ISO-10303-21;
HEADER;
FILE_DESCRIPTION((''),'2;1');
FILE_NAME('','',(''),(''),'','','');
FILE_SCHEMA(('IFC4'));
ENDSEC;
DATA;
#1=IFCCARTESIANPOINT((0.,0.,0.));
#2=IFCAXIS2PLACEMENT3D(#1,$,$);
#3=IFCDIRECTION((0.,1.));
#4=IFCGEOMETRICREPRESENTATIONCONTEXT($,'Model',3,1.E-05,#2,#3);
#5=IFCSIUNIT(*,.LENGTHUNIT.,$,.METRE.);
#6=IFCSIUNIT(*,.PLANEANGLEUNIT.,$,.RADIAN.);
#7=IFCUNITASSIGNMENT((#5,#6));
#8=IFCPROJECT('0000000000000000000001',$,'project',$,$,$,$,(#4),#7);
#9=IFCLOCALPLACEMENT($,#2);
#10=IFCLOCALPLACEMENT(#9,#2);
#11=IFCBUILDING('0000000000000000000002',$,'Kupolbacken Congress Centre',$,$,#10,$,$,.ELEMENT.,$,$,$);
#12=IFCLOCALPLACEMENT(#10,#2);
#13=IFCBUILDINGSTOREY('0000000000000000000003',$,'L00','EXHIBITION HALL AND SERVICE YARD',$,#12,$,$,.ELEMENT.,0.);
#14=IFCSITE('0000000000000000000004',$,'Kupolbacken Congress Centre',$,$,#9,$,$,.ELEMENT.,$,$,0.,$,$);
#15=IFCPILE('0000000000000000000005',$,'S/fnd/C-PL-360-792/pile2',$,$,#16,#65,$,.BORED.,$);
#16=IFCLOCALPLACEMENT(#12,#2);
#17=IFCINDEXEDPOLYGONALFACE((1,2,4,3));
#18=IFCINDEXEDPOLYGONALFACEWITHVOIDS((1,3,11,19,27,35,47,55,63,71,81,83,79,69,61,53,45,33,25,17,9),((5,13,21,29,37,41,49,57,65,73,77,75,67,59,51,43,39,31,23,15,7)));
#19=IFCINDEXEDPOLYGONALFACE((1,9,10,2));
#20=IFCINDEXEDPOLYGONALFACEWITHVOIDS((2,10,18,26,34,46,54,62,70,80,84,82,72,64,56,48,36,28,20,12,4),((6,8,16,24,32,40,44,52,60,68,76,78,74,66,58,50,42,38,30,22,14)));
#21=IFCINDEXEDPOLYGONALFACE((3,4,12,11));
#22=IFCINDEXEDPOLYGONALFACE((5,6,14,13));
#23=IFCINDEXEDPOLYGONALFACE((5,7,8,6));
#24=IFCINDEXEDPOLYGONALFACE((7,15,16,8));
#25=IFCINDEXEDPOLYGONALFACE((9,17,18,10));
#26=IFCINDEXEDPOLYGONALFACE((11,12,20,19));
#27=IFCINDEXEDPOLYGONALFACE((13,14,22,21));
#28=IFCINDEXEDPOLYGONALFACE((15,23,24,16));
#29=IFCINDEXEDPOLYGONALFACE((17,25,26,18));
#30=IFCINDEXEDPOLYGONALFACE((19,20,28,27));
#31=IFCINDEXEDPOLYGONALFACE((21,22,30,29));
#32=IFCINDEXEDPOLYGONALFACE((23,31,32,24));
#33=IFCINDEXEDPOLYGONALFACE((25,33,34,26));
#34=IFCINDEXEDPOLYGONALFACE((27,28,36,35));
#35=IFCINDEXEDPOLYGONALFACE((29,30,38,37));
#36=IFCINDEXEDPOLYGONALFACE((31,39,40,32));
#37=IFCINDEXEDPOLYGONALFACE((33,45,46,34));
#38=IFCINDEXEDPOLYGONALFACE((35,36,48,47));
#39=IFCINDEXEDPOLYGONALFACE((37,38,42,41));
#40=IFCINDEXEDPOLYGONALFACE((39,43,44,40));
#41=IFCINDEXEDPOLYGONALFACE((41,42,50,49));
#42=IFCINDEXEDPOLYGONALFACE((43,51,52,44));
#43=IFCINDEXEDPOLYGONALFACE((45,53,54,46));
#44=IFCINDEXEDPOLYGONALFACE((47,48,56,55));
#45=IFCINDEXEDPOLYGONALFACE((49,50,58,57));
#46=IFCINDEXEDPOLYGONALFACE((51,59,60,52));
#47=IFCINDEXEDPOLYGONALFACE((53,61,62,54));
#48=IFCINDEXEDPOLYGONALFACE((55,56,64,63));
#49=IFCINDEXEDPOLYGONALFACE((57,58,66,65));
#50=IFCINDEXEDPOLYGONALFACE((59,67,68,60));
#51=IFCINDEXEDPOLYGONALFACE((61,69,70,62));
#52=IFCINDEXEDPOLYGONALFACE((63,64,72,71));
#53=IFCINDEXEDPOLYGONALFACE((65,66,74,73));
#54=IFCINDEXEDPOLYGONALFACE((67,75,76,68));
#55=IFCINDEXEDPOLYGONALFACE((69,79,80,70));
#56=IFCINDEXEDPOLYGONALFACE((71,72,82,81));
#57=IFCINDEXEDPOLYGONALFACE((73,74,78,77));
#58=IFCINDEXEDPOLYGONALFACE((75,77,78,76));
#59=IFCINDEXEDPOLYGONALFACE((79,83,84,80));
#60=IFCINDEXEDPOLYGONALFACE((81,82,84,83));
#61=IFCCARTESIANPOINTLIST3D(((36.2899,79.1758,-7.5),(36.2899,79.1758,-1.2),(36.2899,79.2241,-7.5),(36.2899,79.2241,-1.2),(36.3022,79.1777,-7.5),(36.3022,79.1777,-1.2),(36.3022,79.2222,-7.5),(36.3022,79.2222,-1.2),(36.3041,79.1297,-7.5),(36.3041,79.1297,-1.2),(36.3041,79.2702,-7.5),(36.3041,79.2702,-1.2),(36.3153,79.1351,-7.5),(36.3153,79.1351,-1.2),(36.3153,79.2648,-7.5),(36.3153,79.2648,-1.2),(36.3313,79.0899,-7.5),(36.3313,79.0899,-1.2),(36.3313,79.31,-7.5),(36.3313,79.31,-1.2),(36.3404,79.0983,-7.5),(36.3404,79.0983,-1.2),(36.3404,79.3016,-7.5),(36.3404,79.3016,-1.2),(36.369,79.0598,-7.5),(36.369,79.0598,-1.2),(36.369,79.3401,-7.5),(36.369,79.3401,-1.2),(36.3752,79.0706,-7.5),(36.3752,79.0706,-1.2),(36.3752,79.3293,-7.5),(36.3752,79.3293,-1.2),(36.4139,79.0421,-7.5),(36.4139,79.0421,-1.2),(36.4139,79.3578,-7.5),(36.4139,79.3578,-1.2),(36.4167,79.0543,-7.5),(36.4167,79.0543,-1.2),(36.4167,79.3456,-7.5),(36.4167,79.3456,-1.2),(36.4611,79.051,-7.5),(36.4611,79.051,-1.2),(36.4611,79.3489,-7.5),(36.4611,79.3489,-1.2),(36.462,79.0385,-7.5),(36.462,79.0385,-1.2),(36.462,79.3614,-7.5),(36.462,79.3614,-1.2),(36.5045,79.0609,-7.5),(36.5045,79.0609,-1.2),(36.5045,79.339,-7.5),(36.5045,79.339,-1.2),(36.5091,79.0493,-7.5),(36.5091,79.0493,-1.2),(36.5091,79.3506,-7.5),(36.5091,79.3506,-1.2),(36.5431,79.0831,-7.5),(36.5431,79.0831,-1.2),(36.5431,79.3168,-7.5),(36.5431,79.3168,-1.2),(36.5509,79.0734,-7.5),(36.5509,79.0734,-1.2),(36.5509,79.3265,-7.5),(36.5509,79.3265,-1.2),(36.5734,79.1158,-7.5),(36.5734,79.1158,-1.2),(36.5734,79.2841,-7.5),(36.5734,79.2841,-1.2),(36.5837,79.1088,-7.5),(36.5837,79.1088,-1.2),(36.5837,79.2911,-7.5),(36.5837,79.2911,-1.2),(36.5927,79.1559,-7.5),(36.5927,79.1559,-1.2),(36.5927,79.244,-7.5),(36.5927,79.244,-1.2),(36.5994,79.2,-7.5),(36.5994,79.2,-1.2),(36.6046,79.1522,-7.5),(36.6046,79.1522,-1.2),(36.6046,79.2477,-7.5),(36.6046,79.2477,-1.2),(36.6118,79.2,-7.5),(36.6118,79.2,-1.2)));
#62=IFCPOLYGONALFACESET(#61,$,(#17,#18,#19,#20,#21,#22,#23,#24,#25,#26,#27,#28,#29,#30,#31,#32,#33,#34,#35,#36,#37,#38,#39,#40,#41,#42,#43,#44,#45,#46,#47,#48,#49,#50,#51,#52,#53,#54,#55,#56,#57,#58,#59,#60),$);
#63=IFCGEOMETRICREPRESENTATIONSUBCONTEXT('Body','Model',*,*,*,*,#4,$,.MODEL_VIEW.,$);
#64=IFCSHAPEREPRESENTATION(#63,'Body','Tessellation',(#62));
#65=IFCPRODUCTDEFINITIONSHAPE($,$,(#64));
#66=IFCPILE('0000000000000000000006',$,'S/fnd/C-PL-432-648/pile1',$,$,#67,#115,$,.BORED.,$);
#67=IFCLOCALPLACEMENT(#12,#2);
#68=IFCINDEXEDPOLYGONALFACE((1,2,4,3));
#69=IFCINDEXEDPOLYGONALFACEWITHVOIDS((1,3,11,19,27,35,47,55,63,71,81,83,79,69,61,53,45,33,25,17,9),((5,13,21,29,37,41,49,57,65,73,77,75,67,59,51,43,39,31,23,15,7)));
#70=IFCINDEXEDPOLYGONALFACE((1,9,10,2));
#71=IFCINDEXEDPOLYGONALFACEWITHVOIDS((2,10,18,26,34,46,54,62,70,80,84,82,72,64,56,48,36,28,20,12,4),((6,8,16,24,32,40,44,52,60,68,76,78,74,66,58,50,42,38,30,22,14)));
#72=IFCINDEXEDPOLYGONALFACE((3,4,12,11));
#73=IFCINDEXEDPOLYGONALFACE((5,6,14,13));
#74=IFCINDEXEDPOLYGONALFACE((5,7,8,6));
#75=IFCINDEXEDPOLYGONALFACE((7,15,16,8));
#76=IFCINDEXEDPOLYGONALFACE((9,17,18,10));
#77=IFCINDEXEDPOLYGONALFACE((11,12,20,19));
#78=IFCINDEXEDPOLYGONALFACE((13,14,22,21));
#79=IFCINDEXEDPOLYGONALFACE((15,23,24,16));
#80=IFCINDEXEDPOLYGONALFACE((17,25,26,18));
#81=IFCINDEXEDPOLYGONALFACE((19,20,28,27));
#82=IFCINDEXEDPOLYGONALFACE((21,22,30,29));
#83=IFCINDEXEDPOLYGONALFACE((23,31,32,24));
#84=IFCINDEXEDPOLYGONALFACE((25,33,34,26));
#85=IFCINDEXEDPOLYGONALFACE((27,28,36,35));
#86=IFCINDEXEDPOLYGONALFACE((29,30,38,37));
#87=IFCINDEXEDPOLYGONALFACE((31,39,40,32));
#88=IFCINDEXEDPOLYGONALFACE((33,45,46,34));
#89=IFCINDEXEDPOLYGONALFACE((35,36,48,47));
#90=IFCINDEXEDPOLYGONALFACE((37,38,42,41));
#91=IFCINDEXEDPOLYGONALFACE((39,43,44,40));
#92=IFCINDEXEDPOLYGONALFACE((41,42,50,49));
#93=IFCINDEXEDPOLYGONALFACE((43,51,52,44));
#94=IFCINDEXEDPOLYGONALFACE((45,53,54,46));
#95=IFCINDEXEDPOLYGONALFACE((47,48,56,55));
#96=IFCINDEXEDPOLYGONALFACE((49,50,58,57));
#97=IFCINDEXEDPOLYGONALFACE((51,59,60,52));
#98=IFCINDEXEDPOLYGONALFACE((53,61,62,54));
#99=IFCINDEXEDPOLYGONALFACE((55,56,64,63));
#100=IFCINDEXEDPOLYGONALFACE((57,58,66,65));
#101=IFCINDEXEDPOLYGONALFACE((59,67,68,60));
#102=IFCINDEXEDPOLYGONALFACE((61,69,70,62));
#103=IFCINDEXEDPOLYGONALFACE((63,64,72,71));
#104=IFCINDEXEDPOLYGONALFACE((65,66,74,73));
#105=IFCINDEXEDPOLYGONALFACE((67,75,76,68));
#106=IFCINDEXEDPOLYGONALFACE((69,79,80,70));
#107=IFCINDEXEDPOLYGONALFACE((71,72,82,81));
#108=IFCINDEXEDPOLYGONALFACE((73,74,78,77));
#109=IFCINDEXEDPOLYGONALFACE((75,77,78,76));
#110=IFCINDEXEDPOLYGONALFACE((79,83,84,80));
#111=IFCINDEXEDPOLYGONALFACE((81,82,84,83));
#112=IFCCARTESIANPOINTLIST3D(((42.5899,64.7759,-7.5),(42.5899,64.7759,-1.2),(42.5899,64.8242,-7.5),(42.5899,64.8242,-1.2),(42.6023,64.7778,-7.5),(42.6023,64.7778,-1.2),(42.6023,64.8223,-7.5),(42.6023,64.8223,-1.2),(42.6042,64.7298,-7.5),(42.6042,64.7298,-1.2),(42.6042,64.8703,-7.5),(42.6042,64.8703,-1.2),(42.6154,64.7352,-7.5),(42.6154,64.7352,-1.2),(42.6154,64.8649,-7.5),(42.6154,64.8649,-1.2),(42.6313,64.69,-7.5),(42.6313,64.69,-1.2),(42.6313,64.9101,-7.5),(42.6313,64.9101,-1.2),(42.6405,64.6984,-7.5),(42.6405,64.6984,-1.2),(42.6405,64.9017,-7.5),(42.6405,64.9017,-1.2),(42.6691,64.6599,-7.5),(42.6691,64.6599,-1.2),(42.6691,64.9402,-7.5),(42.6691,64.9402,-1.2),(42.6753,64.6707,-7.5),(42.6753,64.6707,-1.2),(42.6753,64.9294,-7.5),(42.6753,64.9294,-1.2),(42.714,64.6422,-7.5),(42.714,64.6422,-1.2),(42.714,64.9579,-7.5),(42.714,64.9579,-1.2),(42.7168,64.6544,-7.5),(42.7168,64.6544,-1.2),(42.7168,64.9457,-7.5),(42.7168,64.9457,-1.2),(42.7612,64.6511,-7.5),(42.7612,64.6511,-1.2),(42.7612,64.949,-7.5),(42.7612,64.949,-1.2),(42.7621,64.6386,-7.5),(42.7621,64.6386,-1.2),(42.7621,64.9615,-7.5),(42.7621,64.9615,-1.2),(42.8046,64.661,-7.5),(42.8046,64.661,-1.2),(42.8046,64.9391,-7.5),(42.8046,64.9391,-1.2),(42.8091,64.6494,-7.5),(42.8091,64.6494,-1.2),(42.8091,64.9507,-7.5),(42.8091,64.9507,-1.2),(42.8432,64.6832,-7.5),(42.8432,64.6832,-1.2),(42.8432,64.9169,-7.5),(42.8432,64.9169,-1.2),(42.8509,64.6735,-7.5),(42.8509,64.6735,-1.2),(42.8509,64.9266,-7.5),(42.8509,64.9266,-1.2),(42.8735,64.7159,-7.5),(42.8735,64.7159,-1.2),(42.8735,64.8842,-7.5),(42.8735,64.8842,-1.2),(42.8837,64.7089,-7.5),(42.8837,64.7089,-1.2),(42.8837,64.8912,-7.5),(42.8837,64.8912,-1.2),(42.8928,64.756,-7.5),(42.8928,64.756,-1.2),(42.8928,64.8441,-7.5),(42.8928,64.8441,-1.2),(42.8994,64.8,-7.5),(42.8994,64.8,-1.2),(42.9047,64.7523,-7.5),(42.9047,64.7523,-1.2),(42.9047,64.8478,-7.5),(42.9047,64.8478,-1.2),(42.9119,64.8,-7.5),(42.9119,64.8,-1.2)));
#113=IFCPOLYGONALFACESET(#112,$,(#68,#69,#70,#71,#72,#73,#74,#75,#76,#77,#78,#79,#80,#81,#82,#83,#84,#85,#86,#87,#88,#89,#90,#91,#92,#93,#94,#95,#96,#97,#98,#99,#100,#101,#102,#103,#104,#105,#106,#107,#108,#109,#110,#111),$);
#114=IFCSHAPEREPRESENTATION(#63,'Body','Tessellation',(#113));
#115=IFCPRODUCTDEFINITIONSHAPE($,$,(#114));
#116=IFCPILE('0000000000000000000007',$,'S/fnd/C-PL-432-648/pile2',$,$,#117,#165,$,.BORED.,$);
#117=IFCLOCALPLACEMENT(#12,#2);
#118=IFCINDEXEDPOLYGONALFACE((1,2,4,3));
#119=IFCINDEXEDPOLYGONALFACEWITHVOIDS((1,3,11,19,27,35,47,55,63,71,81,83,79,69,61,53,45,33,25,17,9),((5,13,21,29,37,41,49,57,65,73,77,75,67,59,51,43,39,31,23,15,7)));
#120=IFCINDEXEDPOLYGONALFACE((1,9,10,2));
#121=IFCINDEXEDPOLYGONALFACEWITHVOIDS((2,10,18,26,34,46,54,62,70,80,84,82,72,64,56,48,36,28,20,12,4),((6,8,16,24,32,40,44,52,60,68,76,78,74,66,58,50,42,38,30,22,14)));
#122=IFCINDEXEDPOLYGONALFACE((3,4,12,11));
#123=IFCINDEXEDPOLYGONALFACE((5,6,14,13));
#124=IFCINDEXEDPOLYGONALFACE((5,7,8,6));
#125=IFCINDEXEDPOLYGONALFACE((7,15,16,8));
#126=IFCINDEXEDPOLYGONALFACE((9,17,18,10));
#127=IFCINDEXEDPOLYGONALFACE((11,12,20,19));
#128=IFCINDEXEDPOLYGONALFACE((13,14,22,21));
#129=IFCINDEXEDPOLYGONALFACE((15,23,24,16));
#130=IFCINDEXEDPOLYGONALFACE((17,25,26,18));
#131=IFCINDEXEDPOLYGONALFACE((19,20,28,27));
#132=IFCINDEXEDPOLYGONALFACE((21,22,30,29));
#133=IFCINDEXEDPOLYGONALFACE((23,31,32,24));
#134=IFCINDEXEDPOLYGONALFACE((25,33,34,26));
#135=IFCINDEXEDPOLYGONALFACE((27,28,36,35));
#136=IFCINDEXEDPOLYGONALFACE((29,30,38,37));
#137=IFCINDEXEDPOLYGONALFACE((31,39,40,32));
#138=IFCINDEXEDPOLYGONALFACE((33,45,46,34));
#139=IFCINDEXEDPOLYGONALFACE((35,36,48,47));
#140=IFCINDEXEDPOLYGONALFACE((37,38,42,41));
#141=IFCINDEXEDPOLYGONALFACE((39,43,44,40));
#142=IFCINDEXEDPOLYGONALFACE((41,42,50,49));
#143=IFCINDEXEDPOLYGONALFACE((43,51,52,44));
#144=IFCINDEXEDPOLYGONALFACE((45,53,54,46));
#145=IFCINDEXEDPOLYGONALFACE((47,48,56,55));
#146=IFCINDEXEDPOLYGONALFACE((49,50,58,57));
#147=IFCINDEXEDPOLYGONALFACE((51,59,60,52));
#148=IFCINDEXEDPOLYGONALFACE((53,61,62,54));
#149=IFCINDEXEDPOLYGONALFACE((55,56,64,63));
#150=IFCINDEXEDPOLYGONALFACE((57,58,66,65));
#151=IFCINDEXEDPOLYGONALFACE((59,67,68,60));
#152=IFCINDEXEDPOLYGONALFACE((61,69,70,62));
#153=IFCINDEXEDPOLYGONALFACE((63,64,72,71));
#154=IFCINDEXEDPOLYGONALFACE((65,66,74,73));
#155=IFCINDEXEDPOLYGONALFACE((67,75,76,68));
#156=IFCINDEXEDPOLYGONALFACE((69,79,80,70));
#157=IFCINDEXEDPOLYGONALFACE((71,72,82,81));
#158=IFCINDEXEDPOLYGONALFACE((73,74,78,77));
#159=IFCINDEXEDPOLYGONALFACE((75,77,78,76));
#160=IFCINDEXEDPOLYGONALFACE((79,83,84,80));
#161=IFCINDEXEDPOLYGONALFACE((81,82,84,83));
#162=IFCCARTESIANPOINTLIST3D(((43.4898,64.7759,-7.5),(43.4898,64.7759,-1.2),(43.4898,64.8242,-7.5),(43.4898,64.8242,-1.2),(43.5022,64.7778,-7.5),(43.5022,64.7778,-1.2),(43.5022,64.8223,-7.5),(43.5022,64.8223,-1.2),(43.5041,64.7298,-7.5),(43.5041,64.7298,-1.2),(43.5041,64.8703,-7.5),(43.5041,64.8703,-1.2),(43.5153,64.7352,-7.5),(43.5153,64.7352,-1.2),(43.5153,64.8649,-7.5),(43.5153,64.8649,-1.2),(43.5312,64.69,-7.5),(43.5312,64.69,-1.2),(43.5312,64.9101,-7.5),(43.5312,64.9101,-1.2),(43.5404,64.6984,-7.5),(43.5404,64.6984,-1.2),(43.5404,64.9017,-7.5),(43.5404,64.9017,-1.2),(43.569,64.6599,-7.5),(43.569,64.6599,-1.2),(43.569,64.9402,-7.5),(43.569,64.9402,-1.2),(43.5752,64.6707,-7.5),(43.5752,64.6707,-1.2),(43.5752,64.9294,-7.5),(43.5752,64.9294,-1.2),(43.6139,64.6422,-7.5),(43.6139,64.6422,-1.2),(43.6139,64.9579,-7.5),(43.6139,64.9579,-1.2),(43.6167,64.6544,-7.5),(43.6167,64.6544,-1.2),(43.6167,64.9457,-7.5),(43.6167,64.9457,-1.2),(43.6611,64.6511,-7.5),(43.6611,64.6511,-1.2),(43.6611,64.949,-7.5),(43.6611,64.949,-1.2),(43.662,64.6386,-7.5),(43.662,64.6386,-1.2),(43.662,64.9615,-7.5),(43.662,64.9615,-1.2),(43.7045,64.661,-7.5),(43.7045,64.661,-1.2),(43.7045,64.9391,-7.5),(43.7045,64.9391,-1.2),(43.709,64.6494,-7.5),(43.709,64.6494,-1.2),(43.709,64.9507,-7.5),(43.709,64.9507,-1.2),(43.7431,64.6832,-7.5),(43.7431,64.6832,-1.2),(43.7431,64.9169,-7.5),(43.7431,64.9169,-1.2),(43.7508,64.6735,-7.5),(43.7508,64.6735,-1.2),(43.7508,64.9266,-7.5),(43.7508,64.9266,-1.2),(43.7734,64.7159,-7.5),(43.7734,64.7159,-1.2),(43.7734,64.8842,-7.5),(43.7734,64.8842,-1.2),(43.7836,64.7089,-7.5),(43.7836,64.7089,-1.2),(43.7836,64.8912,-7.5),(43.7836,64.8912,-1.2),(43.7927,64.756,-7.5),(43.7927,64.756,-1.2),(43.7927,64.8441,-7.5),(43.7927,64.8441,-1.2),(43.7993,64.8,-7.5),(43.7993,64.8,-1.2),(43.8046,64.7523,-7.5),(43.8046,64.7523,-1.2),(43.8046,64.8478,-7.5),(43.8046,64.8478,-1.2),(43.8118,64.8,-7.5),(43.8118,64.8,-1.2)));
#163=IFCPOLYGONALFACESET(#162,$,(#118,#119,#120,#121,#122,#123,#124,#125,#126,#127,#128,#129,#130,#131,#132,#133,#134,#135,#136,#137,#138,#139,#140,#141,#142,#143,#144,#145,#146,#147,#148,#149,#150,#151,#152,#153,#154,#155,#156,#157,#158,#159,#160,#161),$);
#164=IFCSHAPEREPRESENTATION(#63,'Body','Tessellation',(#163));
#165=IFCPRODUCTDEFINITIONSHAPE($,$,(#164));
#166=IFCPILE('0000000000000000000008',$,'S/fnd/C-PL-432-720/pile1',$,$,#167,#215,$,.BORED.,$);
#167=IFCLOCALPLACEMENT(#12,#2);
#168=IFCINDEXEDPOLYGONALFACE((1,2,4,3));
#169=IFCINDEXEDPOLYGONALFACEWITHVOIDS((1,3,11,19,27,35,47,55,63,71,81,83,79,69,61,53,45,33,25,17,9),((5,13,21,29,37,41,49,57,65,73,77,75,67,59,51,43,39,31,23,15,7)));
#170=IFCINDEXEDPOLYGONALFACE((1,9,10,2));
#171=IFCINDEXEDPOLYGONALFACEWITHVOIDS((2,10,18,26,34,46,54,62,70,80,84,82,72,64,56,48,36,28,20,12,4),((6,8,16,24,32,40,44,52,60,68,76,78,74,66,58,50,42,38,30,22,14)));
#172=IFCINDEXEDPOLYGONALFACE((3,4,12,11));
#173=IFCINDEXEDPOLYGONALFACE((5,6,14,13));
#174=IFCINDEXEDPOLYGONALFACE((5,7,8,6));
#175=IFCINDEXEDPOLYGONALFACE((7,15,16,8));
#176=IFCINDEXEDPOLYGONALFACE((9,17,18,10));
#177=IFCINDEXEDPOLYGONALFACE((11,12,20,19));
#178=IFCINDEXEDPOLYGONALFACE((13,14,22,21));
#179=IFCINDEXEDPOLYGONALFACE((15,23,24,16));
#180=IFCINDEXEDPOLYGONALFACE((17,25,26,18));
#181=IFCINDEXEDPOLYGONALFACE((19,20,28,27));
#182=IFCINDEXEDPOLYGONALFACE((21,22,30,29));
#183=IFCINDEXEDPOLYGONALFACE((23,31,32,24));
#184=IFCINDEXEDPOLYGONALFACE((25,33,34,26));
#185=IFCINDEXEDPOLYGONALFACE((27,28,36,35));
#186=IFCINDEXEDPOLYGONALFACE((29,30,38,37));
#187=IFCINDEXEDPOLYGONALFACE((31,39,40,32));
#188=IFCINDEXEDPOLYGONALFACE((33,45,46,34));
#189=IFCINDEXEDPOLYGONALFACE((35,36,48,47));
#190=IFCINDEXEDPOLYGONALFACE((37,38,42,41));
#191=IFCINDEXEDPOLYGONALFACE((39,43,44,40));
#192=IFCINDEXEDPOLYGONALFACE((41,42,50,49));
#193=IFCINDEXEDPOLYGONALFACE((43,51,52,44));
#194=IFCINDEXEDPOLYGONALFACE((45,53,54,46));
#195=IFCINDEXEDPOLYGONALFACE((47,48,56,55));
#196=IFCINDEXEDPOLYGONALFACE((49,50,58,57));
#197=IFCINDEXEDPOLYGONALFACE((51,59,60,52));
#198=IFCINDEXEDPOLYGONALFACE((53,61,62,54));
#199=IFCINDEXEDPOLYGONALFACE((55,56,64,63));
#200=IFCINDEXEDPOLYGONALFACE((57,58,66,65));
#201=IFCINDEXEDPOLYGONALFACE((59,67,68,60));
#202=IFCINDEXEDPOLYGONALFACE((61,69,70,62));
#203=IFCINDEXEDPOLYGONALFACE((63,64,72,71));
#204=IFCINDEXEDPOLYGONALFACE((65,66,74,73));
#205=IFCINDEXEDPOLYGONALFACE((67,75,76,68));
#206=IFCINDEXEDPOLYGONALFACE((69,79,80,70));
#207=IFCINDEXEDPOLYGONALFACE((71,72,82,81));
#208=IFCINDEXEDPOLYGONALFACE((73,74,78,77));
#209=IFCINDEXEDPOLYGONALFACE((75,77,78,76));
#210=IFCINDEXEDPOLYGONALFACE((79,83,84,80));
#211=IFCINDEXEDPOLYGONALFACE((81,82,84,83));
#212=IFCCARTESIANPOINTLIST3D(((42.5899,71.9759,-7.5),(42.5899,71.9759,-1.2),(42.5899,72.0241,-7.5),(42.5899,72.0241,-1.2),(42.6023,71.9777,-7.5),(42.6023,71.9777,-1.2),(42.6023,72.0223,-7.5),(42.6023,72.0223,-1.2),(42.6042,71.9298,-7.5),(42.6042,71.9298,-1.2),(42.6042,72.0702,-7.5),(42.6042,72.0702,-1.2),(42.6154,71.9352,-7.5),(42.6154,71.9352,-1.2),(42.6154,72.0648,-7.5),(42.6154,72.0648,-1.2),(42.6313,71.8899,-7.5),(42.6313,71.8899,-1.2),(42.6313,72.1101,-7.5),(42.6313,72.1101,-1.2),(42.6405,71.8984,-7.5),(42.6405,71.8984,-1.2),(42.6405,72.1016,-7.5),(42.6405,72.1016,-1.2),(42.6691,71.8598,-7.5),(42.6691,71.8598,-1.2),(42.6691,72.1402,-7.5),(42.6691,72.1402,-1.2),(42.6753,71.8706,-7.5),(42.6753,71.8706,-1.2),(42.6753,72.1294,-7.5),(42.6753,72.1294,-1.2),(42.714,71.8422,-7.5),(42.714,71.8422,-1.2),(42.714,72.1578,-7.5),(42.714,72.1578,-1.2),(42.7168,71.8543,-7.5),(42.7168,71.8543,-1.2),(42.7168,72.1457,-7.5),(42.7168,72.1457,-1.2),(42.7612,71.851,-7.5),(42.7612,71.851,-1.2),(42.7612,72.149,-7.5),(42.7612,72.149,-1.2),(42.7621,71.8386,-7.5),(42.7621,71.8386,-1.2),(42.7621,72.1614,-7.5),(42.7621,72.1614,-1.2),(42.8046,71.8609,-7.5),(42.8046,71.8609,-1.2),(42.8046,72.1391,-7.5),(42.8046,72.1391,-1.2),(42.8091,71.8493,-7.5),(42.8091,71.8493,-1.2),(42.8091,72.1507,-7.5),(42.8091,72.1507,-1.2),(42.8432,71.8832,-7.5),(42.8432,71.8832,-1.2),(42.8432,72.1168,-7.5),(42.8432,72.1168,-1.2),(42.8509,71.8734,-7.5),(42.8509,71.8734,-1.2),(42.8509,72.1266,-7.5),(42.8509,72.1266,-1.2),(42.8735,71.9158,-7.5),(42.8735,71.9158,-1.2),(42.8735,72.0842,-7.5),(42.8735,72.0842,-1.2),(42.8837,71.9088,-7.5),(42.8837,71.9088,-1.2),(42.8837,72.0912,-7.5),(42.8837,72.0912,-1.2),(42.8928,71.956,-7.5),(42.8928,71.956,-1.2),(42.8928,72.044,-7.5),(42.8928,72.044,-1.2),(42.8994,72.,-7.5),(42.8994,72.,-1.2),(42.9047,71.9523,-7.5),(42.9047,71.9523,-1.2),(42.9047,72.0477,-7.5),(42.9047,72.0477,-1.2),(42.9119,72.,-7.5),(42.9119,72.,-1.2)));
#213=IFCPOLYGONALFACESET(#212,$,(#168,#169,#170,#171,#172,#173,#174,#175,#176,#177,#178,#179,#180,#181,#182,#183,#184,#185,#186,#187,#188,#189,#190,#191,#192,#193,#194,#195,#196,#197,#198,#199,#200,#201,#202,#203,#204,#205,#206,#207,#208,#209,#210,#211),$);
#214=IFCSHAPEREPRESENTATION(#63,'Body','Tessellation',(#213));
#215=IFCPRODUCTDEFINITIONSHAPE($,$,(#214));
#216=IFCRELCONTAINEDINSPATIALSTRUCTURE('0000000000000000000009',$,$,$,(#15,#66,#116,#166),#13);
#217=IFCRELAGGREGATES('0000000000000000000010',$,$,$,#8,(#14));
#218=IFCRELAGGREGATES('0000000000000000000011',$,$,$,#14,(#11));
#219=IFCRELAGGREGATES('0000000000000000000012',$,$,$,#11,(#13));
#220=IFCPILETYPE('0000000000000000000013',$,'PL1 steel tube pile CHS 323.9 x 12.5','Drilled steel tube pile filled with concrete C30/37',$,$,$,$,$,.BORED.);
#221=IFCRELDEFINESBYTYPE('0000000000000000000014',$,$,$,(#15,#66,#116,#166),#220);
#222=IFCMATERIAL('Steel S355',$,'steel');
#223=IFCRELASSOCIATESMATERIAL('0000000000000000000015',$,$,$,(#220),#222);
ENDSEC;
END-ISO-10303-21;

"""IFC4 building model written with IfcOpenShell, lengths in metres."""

from ifc_helpers import new_model, si_unit, direction, frame, origin, origin_2d, place, context, subcontext, project, spatial, hollow_circle, extrude, material, material_profile, profile_set, type_object, element, save


model = new_model("IFC4")

# Units and contexts
model_context = context("Model", 3, precision=1e-05, world=origin(), true_north=direction((0.0, 1.0)))
body_context = subcontext(model_context, "Body", "Model", "MODEL_VIEW")
ifc_project = project(units=[si_unit("LENGTHUNIT", "METRE"), si_unit("PLANEANGLEUNIT", "RADIAN")], contexts=[model_context])

# Site, building, storey
site_placement = place(None, origin())
site = spatial("IfcSite", under=ifc_project, at=site_placement, Name="Kupolbacken Congress Centre", CompositionType="ELEMENT", RefElevation=0.0)
building_placement = place(site_placement, origin())
building = spatial("IfcBuilding", under=site, at=building_placement, Name="Kupolbacken Congress Centre", CompositionType="ELEMENT")
storey_placement = place(building_placement, origin())
storey = spatial("IfcBuildingStorey", under=building, at=storey_placement, Name="L00", Description="EXHIBITION HALL AND SERVICE YARD", CompositionType="ELEMENT", Elevation=0.0)

# Piles
ifc_material_1 = material(Name="Steel S355", Category="steel")
ifc_material_profile_1 = material_profile(ifc_material_1, hollow_circle(Radius=0.1619, WallThickness=0.0125, at=origin_2d()), Name="CHS 323.9 x 12.5")
ifc_profile_set_1 = profile_set([ifc_material_profile_1], Name="Steel S355")
pile_type = type_object("IfcPileType", Name="PL1 steel tube pile CHS 323.9 x 12.5", Description="Drilled steel tube pile filled with concrete C30/37", PredefinedType="BORED", material=ifc_profile_set_1)
for number, where, z_axis, x_axis, name in (
    (1, (36.45, 79.2, -1.2), (0.0, 0.0, -1.0), (1.0, 0.0, 0.0), "S/fnd/C-PL-360-792/pile2"),
    (2, (42.75, 64.8, -1.2), (0.0, 0.0, -1.0), (1.0, 0.0, 0.0), "S/fnd/C-PL-432-648/pile1"),
    (3, (43.6499, 64.8, -1.2), (0.0, 0.0, -1.0), (1.0, 0.0, 0.0), "S/fnd/C-PL-432-648/pile2"),
    (4, (42.75, 72.0, -1.2), (0.0, 0.0, -1.0), (1.0, 0.0, 0.0), "S/fnd/C-PL-432-720/pile1"),
):
    element("IfcPile", number, at=place(storey_placement, frame(where, z_axis=z_axis, x_axis=x_axis)), inside=storey, type_object=pile_type, Name=name, PredefinedType="BORED", context=body_context, shape_type="SweptSolid", body=[
        extrude(hollow_circle(Radius=0.1619, WallThickness=0.0125, at=origin_2d()), origin(), (0.0, 0.0, 1.0), 6.3),
    ])

save(model, "model.ifc")
